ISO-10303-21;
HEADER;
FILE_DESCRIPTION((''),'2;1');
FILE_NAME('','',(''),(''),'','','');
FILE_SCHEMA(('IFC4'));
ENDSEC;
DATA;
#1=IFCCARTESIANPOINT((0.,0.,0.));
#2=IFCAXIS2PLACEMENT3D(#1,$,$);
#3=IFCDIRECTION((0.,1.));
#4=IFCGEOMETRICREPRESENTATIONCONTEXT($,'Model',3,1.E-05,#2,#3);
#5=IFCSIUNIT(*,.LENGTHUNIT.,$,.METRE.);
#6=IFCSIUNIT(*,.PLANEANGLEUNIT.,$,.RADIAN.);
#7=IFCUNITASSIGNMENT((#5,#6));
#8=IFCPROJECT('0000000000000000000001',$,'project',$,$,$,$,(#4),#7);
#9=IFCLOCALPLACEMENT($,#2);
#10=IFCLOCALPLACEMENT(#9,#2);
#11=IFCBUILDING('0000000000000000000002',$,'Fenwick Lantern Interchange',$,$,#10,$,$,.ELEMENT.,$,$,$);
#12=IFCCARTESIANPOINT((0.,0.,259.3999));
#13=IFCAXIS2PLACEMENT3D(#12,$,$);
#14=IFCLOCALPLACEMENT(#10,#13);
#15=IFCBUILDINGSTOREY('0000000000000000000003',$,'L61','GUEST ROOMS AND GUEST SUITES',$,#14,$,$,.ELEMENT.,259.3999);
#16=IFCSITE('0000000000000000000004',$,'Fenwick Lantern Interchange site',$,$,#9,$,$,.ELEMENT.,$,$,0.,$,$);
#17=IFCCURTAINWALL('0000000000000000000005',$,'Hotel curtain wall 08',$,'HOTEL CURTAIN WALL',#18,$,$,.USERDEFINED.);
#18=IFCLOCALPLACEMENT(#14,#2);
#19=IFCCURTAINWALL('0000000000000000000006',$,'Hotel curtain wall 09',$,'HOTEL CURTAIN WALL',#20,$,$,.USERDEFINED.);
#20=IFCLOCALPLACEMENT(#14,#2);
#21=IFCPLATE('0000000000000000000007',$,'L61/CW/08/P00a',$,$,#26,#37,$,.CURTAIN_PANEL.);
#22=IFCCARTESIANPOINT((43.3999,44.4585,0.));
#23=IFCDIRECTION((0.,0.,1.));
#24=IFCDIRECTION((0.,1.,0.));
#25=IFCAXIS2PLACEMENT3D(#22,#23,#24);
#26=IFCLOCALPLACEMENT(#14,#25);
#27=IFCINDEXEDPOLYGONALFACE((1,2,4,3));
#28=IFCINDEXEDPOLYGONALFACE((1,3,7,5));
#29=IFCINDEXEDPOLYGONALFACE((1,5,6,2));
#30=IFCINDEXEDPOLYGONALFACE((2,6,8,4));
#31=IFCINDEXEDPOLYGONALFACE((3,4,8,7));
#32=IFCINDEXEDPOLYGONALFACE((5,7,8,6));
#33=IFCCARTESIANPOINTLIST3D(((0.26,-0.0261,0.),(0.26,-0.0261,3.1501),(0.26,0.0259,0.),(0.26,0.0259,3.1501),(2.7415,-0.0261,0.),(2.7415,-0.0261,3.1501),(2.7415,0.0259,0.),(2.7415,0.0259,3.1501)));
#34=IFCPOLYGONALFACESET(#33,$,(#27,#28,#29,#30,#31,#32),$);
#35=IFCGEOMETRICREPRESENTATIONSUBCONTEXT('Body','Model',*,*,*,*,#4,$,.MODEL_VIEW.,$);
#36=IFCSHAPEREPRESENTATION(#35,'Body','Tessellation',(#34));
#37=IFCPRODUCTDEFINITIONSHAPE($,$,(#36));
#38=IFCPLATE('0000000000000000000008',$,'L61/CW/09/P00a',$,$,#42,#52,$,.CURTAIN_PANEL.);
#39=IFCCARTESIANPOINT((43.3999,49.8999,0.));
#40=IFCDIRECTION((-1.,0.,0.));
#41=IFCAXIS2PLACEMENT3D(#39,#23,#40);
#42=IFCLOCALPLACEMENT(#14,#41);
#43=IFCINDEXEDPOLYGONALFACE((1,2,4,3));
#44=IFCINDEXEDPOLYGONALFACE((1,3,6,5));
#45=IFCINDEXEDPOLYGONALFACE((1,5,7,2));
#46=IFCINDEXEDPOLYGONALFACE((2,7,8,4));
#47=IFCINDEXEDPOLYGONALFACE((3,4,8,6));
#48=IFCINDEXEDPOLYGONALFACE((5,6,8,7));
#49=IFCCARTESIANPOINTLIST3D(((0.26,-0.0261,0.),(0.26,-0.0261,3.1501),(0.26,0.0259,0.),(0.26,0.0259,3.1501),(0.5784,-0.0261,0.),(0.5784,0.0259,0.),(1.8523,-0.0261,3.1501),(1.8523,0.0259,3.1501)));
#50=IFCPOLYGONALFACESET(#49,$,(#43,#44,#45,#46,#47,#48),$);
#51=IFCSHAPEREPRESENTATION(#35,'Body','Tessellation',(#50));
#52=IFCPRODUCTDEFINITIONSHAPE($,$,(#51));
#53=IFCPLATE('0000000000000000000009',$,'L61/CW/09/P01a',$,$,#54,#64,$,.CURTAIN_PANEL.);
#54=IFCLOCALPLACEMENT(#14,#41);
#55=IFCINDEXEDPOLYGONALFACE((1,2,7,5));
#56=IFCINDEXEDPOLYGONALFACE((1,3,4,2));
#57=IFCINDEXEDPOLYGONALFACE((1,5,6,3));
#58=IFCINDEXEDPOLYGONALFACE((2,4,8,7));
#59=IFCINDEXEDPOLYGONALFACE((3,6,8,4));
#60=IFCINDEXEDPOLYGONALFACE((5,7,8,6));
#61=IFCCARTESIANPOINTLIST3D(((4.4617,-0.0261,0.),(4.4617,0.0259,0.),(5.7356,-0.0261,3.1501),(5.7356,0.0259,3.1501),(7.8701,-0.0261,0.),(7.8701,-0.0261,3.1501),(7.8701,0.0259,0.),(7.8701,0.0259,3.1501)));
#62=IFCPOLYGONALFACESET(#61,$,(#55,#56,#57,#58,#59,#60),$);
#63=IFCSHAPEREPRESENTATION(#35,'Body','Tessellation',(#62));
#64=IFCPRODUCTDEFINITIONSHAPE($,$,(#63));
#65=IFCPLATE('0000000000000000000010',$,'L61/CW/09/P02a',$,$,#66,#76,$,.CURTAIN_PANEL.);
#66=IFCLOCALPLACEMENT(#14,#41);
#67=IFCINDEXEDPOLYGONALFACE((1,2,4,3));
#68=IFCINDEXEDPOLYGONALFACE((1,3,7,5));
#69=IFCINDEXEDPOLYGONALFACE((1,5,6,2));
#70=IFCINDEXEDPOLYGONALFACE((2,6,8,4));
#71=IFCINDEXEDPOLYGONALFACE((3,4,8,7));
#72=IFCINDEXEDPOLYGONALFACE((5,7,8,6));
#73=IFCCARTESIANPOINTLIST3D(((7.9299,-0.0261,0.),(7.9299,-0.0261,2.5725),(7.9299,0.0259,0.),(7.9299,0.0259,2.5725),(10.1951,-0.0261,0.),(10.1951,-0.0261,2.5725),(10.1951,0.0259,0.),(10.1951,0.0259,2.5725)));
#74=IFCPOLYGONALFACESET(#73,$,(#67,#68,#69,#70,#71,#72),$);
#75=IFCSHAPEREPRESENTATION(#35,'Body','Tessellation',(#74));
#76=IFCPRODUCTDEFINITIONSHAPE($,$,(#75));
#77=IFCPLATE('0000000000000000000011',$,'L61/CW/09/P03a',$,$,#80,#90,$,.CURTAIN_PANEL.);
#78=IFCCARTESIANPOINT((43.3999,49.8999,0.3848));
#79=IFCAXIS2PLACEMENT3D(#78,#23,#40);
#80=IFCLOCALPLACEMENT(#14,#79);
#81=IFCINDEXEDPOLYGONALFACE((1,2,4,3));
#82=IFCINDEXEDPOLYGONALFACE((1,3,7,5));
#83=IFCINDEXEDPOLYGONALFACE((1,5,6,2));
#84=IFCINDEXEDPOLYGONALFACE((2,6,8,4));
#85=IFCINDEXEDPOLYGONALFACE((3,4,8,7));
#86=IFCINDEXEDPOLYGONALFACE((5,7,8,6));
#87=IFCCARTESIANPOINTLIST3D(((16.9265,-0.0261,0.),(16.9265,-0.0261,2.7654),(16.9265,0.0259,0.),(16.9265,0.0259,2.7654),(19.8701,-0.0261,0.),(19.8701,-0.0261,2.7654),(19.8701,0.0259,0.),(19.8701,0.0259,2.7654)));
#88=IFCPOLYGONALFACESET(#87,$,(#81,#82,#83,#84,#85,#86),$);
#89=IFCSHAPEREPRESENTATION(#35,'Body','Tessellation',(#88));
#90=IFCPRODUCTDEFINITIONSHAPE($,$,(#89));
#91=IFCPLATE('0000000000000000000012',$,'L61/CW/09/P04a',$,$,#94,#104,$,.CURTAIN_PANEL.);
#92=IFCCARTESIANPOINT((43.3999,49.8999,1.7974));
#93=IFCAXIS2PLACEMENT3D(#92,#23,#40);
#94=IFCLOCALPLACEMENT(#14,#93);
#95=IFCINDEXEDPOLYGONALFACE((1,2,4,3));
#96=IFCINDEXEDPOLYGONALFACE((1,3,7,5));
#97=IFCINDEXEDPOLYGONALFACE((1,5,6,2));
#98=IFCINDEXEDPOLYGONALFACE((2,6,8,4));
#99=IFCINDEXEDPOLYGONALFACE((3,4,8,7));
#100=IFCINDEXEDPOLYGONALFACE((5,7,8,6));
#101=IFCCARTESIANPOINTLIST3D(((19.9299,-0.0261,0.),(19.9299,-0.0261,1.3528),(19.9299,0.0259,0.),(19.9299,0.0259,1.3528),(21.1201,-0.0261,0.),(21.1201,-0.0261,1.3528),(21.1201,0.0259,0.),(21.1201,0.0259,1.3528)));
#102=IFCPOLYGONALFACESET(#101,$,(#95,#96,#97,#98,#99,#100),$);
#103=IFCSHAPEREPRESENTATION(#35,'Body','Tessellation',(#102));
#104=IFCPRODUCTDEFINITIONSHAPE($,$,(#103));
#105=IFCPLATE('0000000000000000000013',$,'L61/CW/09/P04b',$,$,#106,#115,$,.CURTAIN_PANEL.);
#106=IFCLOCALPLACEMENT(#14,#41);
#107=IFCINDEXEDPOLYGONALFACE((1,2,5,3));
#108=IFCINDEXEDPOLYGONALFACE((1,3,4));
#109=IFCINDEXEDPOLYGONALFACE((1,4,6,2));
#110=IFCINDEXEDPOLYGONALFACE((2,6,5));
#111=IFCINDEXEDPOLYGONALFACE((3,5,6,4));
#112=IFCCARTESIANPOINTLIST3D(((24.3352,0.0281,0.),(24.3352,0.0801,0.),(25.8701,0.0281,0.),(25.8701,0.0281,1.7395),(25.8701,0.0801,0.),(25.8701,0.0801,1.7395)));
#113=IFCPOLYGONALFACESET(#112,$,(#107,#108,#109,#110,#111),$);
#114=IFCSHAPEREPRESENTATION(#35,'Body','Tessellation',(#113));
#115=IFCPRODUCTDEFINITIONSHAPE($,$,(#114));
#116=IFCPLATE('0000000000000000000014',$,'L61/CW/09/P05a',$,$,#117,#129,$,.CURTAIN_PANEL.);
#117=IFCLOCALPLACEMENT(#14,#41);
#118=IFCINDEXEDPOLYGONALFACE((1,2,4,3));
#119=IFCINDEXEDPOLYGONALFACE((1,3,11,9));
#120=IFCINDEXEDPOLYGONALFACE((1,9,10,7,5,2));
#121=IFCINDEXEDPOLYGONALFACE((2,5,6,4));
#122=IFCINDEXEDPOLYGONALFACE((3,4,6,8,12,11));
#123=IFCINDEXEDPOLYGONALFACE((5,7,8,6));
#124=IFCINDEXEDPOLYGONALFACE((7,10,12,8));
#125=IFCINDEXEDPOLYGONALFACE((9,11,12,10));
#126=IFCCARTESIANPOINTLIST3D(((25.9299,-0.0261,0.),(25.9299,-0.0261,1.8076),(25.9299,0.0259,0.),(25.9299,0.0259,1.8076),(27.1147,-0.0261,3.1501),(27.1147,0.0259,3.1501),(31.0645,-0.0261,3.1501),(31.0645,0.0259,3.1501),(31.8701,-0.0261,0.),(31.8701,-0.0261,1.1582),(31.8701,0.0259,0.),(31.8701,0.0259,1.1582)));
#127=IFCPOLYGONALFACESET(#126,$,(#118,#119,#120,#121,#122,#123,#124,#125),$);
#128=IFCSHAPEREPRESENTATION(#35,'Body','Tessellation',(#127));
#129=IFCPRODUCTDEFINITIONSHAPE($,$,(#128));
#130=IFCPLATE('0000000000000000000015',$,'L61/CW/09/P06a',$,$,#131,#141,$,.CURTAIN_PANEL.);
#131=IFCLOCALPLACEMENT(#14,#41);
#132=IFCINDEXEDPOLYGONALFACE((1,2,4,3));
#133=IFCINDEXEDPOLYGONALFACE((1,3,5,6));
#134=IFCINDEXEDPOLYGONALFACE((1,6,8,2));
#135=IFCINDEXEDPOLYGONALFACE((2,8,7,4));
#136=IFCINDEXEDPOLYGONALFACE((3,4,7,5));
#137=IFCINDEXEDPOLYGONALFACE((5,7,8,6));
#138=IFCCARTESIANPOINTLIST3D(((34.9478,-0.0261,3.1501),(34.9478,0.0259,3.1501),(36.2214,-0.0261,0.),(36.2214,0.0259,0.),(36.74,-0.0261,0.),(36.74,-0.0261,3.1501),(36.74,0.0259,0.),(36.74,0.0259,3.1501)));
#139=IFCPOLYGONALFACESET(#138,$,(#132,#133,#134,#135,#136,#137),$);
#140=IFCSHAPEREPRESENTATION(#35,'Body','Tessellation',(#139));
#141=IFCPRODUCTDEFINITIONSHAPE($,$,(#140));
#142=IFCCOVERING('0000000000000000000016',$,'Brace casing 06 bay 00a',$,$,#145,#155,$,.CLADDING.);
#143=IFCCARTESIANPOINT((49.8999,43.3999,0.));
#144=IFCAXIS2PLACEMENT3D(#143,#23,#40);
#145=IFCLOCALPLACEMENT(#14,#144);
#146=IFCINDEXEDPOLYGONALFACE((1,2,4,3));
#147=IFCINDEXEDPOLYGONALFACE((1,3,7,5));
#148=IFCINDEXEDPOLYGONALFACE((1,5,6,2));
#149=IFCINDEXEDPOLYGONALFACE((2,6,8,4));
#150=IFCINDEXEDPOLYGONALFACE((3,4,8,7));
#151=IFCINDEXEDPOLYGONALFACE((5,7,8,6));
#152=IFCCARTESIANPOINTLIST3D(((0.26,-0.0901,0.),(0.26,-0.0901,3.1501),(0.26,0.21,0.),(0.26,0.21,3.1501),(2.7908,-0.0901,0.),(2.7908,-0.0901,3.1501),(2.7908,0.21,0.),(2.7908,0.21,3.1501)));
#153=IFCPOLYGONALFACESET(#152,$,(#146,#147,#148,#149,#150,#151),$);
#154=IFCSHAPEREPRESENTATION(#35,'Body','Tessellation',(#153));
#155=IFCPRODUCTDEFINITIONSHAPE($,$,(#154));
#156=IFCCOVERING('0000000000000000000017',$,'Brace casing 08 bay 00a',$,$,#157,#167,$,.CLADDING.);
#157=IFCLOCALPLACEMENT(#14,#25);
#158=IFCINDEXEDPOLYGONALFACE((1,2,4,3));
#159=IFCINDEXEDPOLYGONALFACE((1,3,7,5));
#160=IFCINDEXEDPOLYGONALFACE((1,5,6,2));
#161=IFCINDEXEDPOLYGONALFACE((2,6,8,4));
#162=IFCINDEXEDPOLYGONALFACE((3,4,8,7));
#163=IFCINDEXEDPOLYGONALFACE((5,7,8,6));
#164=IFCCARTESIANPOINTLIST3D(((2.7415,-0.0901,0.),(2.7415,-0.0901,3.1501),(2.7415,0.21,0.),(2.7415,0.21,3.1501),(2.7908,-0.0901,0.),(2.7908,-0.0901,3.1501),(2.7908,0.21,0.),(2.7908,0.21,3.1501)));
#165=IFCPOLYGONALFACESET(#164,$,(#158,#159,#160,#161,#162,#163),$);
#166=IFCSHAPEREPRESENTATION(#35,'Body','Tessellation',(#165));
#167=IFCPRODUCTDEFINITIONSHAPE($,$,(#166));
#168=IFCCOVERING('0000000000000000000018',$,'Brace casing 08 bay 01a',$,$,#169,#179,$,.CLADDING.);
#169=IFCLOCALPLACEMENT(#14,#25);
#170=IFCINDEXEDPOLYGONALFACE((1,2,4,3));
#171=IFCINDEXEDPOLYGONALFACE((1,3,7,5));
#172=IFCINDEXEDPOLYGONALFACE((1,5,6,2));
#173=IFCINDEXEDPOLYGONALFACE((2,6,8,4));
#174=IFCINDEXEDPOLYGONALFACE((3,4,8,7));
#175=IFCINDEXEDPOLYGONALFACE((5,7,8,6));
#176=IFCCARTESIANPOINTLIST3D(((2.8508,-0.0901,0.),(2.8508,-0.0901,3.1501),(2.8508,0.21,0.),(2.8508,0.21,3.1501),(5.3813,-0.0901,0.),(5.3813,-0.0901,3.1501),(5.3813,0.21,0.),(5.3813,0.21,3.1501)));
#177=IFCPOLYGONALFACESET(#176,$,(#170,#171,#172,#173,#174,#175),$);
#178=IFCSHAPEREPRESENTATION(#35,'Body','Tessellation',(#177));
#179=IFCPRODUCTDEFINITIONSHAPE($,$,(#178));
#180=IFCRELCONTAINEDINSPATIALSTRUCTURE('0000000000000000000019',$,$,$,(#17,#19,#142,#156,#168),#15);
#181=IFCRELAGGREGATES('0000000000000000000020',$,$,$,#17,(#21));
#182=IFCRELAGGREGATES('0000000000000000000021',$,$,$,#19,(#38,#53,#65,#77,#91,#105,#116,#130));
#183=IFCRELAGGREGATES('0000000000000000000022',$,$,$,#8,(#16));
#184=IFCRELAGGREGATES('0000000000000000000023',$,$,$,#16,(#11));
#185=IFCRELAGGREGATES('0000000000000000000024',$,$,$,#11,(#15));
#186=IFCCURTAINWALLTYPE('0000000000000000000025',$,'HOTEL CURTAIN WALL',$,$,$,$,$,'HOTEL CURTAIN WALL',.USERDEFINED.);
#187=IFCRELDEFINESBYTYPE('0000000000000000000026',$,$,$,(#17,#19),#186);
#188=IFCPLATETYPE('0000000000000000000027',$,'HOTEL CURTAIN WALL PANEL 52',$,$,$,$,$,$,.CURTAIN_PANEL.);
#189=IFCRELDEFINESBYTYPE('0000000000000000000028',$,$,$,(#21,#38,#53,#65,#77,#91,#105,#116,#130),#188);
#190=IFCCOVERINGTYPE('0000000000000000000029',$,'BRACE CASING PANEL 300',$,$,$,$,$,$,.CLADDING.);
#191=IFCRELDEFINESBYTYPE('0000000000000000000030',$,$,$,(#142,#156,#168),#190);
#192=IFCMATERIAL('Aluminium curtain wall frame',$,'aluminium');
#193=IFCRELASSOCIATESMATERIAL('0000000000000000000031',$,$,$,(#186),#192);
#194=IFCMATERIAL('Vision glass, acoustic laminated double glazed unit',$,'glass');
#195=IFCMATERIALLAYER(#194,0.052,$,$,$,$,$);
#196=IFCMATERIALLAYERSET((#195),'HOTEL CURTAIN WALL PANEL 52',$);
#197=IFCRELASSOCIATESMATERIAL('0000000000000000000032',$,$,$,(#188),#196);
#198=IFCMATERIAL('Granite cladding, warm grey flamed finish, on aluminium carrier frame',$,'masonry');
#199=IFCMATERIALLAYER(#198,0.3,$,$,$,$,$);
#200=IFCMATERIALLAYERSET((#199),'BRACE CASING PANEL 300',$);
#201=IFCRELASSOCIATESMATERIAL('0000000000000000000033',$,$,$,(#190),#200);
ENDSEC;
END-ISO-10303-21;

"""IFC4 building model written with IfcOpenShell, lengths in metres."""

from ifc_helpers import new_model, si_unit, direction, frame, origin, place, context, subcontext, project, spatial, polyline, outline, extrude, material, layer, layer_set, type_object, element, aggregate, save


model = new_model("IFC4")

# Units and contexts
model_context = context("Model", 3, precision=1e-05, world=origin(), true_north=direction((0.0, 1.0)))
body_context = subcontext(model_context, "Body", "Model", "MODEL_VIEW")
ifc_project = project(units=[si_unit("LENGTHUNIT", "METRE"), si_unit("PLANEANGLEUNIT", "RADIAN")], contexts=[model_context])

# Site, building, storey
site_placement = place(None, origin())
site = spatial("IfcSite", under=ifc_project, at=site_placement, Name="Fenwick Lantern Interchange site", CompositionType="ELEMENT", RefElevation=0.0)
building_placement = place(site_placement, origin())
building = spatial("IfcBuilding", under=site, at=building_placement, Name="Fenwick Lantern Interchange", CompositionType="ELEMENT")
storey_placement = place(building_placement, frame((0.0, 0.0, 259.3999)))
storey = spatial("IfcBuildingStorey", under=building, at=storey_placement, Name="L61", Description="GUEST ROOMS AND GUEST SUITES", CompositionType="ELEMENT", Elevation=259.3999)

# Shared definitions
ifc_material_1 = material(Name="Aluminium curtain wall frame", Category="aluminium")
curtain_wall_type = type_object("IfcCurtainWallType", Name="HOTEL CURTAIN WALL", ElementType="HOTEL CURTAIN WALL", PredefinedType="USERDEFINED", material=ifc_material_1)

# Curtain walls
curtain_wall_1_placement = place(storey_placement, origin())
curtain_wall_1 = element("IfcCurtainWall", 1, at=curtain_wall_1_placement, inside=storey, type_object=curtain_wall_type, Name="Hotel curtain wall 08", ObjectType="HOTEL CURTAIN WALL", PredefinedType="USERDEFINED")
curtain_wall_2_placement = place(storey_placement, origin())
curtain_wall_2 = element("IfcCurtainWall", 2, at=curtain_wall_2_placement, inside=storey, type_object=curtain_wall_type, Name="Hotel curtain wall 09", ObjectType="HOTEL CURTAIN WALL", PredefinedType="USERDEFINED")

# Plates
ifc_material_2 = material(Name="Vision glass, acoustic laminated double glazed unit", Category="glass")
ifc_layer_1 = layer(ifc_material_2, 0.052)
ifc_layer_set_1 = layer_set([ifc_layer_1], Name="HOTEL CURTAIN WALL PANEL 52")
plate_type = type_object("IfcPlateType", Name="HOTEL CURTAIN WALL PANEL 52", PredefinedType="CURTAIN_PANEL", material=ifc_layer_set_1)
plate_1_placement = place(storey_placement, frame((43.3999, 44.4585, 0.0), z_axis=(0.0, 0.0, 1.0), x_axis=(0.0, 1.0, 0.0)))
plate_1 = element("IfcPlate", 3, at=plate_1_placement, type_object=plate_type, Name="L61/CW/08/P00a", PredefinedType="CURTAIN_PANEL", context=body_context, shape_type="SweptSolid", body=[
    extrude(outline(polyline([(0.26, 0.0), (2.7415, 0.0), (2.7415, 3.1501), (0.26, 3.1501), (0.26, 0.0)])), frame((0.0, 0.0259, 0.0), z_axis=(0.0, -1.0, 0.0), x_axis=(1.0, 0.0, 0.0)), (0.0, 0.0, 1.0), 0.052),
])
aggregate(curtain_wall_1, [plate_1])
plate_2_placement = place(storey_placement, frame((43.3999, 49.8999, 0.0), z_axis=(0.0, 0.0, 1.0), x_axis=(-1.0, 0.0, 0.0)))
plate_2 = element("IfcPlate", 4, at=plate_2_placement, type_object=plate_type, Name="L61/CW/09/P00a", PredefinedType="CURTAIN_PANEL", context=body_context, shape_type="SweptSolid", body=[
    extrude(outline(polyline([(0.26, 0.0), (0.5784, 0.0), (1.8523, 3.1501), (0.26, 3.1501), (0.26, 0.0)])), frame((0.0, 0.0259, 0.0), z_axis=(0.0, -1.0, 0.0), x_axis=(1.0, 0.0, 0.0)), (0.0, 0.0, 1.0), 0.052),
])
plate_3_placement = place(storey_placement, frame((43.3999, 49.8999, 0.0), z_axis=(0.0, 0.0, 1.0), x_axis=(-1.0, 0.0, 0.0)))
plate_3 = element("IfcPlate", 5, at=plate_3_placement, type_object=plate_type, Name="L61/CW/09/P01a", PredefinedType="CURTAIN_PANEL", context=body_context, shape_type="SweptSolid", body=[
    extrude(outline(polyline([(4.4617, 0.0), (7.8701, 0.0), (7.8701, 3.1501), (5.7356, 3.1501), (4.4617, 0.0)])), frame((0.0, 0.0259, 0.0), z_axis=(0.0, -1.0, 0.0), x_axis=(1.0, 0.0, 0.0)), (0.0, 0.0, 1.0), 0.052),
])
plate_4_placement = place(storey_placement, frame((43.3999, 49.8999, 0.0), z_axis=(0.0, 0.0, 1.0), x_axis=(-1.0, 0.0, 0.0)))
plate_4 = element("IfcPlate", 6, at=plate_4_placement, type_object=plate_type, Name="L61/CW/09/P02a", PredefinedType="CURTAIN_PANEL", context=body_context, shape_type="SweptSolid", body=[
    extrude(outline(polyline([(7.9299, 0.0), (10.1951, 0.0), (10.1951, 2.5725), (7.9299, 2.5725), (7.9299, 0.0)])), frame((0.0, 0.0259, 0.0), z_axis=(0.0, -1.0, 0.0), x_axis=(1.0, 0.0, 0.0)), (0.0, 0.0, 1.0), 0.052),
])
plate_5_placement = place(storey_placement, frame((43.3999, 49.8999, 0.3848), z_axis=(0.0, 0.0, 1.0), x_axis=(-1.0, 0.0, 0.0)))
plate_5 = element("IfcPlate", 7, at=plate_5_placement, type_object=plate_type, Name="L61/CW/09/P03a", PredefinedType="CURTAIN_PANEL", context=body_context, shape_type="SweptSolid", body=[
    extrude(outline(polyline([(16.9265, 0.0), (19.8701, 0.0), (19.8701, 2.7654), (16.9265, 2.7654), (16.9265, 0.0)])), frame((0.0, 0.0259, 0.0), z_axis=(0.0, -1.0, 0.0), x_axis=(1.0, 0.0, 0.0)), (0.0, 0.0, 1.0), 0.052),
])
plate_6_placement = place(storey_placement, frame((43.3999, 49.8999, 1.7974), z_axis=(0.0, 0.0, 1.0), x_axis=(-1.0, 0.0, 0.0)))
plate_6 = element("IfcPlate", 8, at=plate_6_placement, type_object=plate_type, Name="L61/CW/09/P04a", PredefinedType="CURTAIN_PANEL", context=body_context, shape_type="SweptSolid", body=[
    extrude(outline(polyline([(19.9299, 0.0), (21.1201, 0.0), (21.1201, 1.3528), (19.9299, 1.3528), (19.9299, 0.0)])), frame((0.0, 0.0259, 0.0), z_axis=(0.0, -1.0, 0.0), x_axis=(1.0, 0.0, 0.0)), (0.0, 0.0, 1.0), 0.052),
])
plate_7_placement = place(storey_placement, frame((43.3999, 49.8999, 0.0), z_axis=(0.0, 0.0, 1.0), x_axis=(-1.0, 0.0, 0.0)))
plate_7 = element("IfcPlate", 9, at=plate_7_placement, type_object=plate_type, Name="L61/CW/09/P04b", PredefinedType="CURTAIN_PANEL", context=body_context, shape_type="SweptSolid", body=[
    extrude(outline(polyline([(24.3352, 0.0), (25.8701, 0.0), (25.8701, 1.7395), (24.3352, 0.0)])), frame((0.0, 0.0801, 0.0), z_axis=(0.0, -1.0, 0.0), x_axis=(1.0, 0.0, 0.0)), (0.0, 0.0, 1.0), 0.052),
])
plate_8_placement = place(storey_placement, frame((43.3999, 49.8999, 0.0), z_axis=(0.0, 0.0, 1.0), x_axis=(-1.0, 0.0, 0.0)))
plate_8 = element("IfcPlate", 10, at=plate_8_placement, type_object=plate_type, Name="L61/CW/09/P05a", PredefinedType="CURTAIN_PANEL", context=body_context, shape_type="SweptSolid", body=[
    extrude(outline(polyline([(25.9299, 0.0), (31.8701, 0.0), (31.8701, 1.1582), (31.0645, 3.1501), (27.1147, 3.1501), (25.9299, 1.8076), (25.9299, 0.0)])), frame((0.0, 0.0259, 0.0), z_axis=(0.0, -1.0, 0.0), x_axis=(1.0, 0.0, 0.0)), (0.0, 0.0, 1.0), 0.052),
])
plate_9_placement = place(storey_placement, frame((43.3999, 49.8999, 0.0), z_axis=(0.0, 0.0, 1.0), x_axis=(-1.0, 0.0, 0.0)))
plate_9 = element("IfcPlate", 11, at=plate_9_placement, type_object=plate_type, Name="L61/CW/09/P06a", PredefinedType="CURTAIN_PANEL", context=body_context, shape_type="SweptSolid", body=[
    extrude(outline(polyline([(36.2214, 0.0), (36.74, 0.0), (36.74, 3.1501), (34.9478, 3.1501), (36.2214, 0.0)])), frame((0.0, 0.0259, 0.0), z_axis=(0.0, -1.0, 0.0), x_axis=(1.0, 0.0, 0.0)), (0.0, 0.0, 1.0), 0.052),
])
aggregate(curtain_wall_2, [plate_2, plate_3, plate_4, plate_5, plate_6, plate_7, plate_8, plate_9])

# Coverings
ifc_material_3 = material(Name="Granite cladding, warm grey flamed finish, on aluminium carrier frame", Category="masonry")
ifc_layer_2 = layer(ifc_material_3, 0.3)
ifc_layer_set_2 = layer_set([ifc_layer_2], Name="BRACE CASING PANEL 300")
covering_type = type_object("IfcCoveringType", Name="BRACE CASING PANEL 300", PredefinedType="CLADDING", material=ifc_layer_set_2)
covering_1_placement = place(storey_placement, frame((49.8999, 43.3999, 0.0), z_axis=(0.0, 0.0, 1.0), x_axis=(-1.0, 0.0, 0.0)))
element("IfcCovering", 12, at=covering_1_placement, inside=storey, type_object=covering_type, Name="Brace casing 06 bay 00a", PredefinedType="CLADDING", context=body_context, shape_type="SweptSolid", body=[
    extrude(outline(polyline([(0.26, 0.0), (2.7908, 0.0), (2.7908, 3.1501), (0.26, 3.1501), (0.26, 0.0)])), frame((0.0, 0.21, 0.0), z_axis=(0.0, -1.0, 0.0), x_axis=(1.0, 0.0, 0.0)), (0.0, 0.0, 1.0), 0.3),
])
covering_2_placement = place(storey_placement, frame((43.3999, 44.4585, 0.0), z_axis=(0.0, 0.0, 1.0), x_axis=(0.0, 1.0, 0.0)))
element("IfcCovering", 13, at=covering_2_placement, inside=storey, type_object=covering_type, Name="Brace casing 08 bay 00a", PredefinedType="CLADDING", context=body_context, shape_type="SweptSolid", body=[
    extrude(outline(polyline([(2.7415, 0.0), (2.7908, 0.0), (2.7908, 3.1501), (2.7415, 3.1501), (2.7415, 0.0)])), frame((0.0, 0.21, 0.0), z_axis=(0.0, -1.0, 0.0), x_axis=(1.0, 0.0, 0.0)), (0.0, 0.0, 1.0), 0.3),
])
covering_3_placement = place(storey_placement, frame((43.3999, 44.4585, 0.0), z_axis=(0.0, 0.0, 1.0), x_axis=(0.0, 1.0, 0.0)))
element("IfcCovering", 14, at=covering_3_placement, inside=storey, type_object=covering_type, Name="Brace casing 08 bay 01a", PredefinedType="CLADDING", context=body_context, shape_type="SweptSolid", body=[
    extrude(outline(polyline([(2.8508, 0.0), (5.3813, 0.0), (5.3813, 3.1501), (2.8508, 3.1501), (2.8508, 0.0)])), frame((0.0, 0.21, 0.0), z_axis=(0.0, -1.0, 0.0), x_axis=(1.0, 0.0, 0.0)), (0.0, 0.0, 1.0), 0.3),
])

save(model, "model.ifc")
